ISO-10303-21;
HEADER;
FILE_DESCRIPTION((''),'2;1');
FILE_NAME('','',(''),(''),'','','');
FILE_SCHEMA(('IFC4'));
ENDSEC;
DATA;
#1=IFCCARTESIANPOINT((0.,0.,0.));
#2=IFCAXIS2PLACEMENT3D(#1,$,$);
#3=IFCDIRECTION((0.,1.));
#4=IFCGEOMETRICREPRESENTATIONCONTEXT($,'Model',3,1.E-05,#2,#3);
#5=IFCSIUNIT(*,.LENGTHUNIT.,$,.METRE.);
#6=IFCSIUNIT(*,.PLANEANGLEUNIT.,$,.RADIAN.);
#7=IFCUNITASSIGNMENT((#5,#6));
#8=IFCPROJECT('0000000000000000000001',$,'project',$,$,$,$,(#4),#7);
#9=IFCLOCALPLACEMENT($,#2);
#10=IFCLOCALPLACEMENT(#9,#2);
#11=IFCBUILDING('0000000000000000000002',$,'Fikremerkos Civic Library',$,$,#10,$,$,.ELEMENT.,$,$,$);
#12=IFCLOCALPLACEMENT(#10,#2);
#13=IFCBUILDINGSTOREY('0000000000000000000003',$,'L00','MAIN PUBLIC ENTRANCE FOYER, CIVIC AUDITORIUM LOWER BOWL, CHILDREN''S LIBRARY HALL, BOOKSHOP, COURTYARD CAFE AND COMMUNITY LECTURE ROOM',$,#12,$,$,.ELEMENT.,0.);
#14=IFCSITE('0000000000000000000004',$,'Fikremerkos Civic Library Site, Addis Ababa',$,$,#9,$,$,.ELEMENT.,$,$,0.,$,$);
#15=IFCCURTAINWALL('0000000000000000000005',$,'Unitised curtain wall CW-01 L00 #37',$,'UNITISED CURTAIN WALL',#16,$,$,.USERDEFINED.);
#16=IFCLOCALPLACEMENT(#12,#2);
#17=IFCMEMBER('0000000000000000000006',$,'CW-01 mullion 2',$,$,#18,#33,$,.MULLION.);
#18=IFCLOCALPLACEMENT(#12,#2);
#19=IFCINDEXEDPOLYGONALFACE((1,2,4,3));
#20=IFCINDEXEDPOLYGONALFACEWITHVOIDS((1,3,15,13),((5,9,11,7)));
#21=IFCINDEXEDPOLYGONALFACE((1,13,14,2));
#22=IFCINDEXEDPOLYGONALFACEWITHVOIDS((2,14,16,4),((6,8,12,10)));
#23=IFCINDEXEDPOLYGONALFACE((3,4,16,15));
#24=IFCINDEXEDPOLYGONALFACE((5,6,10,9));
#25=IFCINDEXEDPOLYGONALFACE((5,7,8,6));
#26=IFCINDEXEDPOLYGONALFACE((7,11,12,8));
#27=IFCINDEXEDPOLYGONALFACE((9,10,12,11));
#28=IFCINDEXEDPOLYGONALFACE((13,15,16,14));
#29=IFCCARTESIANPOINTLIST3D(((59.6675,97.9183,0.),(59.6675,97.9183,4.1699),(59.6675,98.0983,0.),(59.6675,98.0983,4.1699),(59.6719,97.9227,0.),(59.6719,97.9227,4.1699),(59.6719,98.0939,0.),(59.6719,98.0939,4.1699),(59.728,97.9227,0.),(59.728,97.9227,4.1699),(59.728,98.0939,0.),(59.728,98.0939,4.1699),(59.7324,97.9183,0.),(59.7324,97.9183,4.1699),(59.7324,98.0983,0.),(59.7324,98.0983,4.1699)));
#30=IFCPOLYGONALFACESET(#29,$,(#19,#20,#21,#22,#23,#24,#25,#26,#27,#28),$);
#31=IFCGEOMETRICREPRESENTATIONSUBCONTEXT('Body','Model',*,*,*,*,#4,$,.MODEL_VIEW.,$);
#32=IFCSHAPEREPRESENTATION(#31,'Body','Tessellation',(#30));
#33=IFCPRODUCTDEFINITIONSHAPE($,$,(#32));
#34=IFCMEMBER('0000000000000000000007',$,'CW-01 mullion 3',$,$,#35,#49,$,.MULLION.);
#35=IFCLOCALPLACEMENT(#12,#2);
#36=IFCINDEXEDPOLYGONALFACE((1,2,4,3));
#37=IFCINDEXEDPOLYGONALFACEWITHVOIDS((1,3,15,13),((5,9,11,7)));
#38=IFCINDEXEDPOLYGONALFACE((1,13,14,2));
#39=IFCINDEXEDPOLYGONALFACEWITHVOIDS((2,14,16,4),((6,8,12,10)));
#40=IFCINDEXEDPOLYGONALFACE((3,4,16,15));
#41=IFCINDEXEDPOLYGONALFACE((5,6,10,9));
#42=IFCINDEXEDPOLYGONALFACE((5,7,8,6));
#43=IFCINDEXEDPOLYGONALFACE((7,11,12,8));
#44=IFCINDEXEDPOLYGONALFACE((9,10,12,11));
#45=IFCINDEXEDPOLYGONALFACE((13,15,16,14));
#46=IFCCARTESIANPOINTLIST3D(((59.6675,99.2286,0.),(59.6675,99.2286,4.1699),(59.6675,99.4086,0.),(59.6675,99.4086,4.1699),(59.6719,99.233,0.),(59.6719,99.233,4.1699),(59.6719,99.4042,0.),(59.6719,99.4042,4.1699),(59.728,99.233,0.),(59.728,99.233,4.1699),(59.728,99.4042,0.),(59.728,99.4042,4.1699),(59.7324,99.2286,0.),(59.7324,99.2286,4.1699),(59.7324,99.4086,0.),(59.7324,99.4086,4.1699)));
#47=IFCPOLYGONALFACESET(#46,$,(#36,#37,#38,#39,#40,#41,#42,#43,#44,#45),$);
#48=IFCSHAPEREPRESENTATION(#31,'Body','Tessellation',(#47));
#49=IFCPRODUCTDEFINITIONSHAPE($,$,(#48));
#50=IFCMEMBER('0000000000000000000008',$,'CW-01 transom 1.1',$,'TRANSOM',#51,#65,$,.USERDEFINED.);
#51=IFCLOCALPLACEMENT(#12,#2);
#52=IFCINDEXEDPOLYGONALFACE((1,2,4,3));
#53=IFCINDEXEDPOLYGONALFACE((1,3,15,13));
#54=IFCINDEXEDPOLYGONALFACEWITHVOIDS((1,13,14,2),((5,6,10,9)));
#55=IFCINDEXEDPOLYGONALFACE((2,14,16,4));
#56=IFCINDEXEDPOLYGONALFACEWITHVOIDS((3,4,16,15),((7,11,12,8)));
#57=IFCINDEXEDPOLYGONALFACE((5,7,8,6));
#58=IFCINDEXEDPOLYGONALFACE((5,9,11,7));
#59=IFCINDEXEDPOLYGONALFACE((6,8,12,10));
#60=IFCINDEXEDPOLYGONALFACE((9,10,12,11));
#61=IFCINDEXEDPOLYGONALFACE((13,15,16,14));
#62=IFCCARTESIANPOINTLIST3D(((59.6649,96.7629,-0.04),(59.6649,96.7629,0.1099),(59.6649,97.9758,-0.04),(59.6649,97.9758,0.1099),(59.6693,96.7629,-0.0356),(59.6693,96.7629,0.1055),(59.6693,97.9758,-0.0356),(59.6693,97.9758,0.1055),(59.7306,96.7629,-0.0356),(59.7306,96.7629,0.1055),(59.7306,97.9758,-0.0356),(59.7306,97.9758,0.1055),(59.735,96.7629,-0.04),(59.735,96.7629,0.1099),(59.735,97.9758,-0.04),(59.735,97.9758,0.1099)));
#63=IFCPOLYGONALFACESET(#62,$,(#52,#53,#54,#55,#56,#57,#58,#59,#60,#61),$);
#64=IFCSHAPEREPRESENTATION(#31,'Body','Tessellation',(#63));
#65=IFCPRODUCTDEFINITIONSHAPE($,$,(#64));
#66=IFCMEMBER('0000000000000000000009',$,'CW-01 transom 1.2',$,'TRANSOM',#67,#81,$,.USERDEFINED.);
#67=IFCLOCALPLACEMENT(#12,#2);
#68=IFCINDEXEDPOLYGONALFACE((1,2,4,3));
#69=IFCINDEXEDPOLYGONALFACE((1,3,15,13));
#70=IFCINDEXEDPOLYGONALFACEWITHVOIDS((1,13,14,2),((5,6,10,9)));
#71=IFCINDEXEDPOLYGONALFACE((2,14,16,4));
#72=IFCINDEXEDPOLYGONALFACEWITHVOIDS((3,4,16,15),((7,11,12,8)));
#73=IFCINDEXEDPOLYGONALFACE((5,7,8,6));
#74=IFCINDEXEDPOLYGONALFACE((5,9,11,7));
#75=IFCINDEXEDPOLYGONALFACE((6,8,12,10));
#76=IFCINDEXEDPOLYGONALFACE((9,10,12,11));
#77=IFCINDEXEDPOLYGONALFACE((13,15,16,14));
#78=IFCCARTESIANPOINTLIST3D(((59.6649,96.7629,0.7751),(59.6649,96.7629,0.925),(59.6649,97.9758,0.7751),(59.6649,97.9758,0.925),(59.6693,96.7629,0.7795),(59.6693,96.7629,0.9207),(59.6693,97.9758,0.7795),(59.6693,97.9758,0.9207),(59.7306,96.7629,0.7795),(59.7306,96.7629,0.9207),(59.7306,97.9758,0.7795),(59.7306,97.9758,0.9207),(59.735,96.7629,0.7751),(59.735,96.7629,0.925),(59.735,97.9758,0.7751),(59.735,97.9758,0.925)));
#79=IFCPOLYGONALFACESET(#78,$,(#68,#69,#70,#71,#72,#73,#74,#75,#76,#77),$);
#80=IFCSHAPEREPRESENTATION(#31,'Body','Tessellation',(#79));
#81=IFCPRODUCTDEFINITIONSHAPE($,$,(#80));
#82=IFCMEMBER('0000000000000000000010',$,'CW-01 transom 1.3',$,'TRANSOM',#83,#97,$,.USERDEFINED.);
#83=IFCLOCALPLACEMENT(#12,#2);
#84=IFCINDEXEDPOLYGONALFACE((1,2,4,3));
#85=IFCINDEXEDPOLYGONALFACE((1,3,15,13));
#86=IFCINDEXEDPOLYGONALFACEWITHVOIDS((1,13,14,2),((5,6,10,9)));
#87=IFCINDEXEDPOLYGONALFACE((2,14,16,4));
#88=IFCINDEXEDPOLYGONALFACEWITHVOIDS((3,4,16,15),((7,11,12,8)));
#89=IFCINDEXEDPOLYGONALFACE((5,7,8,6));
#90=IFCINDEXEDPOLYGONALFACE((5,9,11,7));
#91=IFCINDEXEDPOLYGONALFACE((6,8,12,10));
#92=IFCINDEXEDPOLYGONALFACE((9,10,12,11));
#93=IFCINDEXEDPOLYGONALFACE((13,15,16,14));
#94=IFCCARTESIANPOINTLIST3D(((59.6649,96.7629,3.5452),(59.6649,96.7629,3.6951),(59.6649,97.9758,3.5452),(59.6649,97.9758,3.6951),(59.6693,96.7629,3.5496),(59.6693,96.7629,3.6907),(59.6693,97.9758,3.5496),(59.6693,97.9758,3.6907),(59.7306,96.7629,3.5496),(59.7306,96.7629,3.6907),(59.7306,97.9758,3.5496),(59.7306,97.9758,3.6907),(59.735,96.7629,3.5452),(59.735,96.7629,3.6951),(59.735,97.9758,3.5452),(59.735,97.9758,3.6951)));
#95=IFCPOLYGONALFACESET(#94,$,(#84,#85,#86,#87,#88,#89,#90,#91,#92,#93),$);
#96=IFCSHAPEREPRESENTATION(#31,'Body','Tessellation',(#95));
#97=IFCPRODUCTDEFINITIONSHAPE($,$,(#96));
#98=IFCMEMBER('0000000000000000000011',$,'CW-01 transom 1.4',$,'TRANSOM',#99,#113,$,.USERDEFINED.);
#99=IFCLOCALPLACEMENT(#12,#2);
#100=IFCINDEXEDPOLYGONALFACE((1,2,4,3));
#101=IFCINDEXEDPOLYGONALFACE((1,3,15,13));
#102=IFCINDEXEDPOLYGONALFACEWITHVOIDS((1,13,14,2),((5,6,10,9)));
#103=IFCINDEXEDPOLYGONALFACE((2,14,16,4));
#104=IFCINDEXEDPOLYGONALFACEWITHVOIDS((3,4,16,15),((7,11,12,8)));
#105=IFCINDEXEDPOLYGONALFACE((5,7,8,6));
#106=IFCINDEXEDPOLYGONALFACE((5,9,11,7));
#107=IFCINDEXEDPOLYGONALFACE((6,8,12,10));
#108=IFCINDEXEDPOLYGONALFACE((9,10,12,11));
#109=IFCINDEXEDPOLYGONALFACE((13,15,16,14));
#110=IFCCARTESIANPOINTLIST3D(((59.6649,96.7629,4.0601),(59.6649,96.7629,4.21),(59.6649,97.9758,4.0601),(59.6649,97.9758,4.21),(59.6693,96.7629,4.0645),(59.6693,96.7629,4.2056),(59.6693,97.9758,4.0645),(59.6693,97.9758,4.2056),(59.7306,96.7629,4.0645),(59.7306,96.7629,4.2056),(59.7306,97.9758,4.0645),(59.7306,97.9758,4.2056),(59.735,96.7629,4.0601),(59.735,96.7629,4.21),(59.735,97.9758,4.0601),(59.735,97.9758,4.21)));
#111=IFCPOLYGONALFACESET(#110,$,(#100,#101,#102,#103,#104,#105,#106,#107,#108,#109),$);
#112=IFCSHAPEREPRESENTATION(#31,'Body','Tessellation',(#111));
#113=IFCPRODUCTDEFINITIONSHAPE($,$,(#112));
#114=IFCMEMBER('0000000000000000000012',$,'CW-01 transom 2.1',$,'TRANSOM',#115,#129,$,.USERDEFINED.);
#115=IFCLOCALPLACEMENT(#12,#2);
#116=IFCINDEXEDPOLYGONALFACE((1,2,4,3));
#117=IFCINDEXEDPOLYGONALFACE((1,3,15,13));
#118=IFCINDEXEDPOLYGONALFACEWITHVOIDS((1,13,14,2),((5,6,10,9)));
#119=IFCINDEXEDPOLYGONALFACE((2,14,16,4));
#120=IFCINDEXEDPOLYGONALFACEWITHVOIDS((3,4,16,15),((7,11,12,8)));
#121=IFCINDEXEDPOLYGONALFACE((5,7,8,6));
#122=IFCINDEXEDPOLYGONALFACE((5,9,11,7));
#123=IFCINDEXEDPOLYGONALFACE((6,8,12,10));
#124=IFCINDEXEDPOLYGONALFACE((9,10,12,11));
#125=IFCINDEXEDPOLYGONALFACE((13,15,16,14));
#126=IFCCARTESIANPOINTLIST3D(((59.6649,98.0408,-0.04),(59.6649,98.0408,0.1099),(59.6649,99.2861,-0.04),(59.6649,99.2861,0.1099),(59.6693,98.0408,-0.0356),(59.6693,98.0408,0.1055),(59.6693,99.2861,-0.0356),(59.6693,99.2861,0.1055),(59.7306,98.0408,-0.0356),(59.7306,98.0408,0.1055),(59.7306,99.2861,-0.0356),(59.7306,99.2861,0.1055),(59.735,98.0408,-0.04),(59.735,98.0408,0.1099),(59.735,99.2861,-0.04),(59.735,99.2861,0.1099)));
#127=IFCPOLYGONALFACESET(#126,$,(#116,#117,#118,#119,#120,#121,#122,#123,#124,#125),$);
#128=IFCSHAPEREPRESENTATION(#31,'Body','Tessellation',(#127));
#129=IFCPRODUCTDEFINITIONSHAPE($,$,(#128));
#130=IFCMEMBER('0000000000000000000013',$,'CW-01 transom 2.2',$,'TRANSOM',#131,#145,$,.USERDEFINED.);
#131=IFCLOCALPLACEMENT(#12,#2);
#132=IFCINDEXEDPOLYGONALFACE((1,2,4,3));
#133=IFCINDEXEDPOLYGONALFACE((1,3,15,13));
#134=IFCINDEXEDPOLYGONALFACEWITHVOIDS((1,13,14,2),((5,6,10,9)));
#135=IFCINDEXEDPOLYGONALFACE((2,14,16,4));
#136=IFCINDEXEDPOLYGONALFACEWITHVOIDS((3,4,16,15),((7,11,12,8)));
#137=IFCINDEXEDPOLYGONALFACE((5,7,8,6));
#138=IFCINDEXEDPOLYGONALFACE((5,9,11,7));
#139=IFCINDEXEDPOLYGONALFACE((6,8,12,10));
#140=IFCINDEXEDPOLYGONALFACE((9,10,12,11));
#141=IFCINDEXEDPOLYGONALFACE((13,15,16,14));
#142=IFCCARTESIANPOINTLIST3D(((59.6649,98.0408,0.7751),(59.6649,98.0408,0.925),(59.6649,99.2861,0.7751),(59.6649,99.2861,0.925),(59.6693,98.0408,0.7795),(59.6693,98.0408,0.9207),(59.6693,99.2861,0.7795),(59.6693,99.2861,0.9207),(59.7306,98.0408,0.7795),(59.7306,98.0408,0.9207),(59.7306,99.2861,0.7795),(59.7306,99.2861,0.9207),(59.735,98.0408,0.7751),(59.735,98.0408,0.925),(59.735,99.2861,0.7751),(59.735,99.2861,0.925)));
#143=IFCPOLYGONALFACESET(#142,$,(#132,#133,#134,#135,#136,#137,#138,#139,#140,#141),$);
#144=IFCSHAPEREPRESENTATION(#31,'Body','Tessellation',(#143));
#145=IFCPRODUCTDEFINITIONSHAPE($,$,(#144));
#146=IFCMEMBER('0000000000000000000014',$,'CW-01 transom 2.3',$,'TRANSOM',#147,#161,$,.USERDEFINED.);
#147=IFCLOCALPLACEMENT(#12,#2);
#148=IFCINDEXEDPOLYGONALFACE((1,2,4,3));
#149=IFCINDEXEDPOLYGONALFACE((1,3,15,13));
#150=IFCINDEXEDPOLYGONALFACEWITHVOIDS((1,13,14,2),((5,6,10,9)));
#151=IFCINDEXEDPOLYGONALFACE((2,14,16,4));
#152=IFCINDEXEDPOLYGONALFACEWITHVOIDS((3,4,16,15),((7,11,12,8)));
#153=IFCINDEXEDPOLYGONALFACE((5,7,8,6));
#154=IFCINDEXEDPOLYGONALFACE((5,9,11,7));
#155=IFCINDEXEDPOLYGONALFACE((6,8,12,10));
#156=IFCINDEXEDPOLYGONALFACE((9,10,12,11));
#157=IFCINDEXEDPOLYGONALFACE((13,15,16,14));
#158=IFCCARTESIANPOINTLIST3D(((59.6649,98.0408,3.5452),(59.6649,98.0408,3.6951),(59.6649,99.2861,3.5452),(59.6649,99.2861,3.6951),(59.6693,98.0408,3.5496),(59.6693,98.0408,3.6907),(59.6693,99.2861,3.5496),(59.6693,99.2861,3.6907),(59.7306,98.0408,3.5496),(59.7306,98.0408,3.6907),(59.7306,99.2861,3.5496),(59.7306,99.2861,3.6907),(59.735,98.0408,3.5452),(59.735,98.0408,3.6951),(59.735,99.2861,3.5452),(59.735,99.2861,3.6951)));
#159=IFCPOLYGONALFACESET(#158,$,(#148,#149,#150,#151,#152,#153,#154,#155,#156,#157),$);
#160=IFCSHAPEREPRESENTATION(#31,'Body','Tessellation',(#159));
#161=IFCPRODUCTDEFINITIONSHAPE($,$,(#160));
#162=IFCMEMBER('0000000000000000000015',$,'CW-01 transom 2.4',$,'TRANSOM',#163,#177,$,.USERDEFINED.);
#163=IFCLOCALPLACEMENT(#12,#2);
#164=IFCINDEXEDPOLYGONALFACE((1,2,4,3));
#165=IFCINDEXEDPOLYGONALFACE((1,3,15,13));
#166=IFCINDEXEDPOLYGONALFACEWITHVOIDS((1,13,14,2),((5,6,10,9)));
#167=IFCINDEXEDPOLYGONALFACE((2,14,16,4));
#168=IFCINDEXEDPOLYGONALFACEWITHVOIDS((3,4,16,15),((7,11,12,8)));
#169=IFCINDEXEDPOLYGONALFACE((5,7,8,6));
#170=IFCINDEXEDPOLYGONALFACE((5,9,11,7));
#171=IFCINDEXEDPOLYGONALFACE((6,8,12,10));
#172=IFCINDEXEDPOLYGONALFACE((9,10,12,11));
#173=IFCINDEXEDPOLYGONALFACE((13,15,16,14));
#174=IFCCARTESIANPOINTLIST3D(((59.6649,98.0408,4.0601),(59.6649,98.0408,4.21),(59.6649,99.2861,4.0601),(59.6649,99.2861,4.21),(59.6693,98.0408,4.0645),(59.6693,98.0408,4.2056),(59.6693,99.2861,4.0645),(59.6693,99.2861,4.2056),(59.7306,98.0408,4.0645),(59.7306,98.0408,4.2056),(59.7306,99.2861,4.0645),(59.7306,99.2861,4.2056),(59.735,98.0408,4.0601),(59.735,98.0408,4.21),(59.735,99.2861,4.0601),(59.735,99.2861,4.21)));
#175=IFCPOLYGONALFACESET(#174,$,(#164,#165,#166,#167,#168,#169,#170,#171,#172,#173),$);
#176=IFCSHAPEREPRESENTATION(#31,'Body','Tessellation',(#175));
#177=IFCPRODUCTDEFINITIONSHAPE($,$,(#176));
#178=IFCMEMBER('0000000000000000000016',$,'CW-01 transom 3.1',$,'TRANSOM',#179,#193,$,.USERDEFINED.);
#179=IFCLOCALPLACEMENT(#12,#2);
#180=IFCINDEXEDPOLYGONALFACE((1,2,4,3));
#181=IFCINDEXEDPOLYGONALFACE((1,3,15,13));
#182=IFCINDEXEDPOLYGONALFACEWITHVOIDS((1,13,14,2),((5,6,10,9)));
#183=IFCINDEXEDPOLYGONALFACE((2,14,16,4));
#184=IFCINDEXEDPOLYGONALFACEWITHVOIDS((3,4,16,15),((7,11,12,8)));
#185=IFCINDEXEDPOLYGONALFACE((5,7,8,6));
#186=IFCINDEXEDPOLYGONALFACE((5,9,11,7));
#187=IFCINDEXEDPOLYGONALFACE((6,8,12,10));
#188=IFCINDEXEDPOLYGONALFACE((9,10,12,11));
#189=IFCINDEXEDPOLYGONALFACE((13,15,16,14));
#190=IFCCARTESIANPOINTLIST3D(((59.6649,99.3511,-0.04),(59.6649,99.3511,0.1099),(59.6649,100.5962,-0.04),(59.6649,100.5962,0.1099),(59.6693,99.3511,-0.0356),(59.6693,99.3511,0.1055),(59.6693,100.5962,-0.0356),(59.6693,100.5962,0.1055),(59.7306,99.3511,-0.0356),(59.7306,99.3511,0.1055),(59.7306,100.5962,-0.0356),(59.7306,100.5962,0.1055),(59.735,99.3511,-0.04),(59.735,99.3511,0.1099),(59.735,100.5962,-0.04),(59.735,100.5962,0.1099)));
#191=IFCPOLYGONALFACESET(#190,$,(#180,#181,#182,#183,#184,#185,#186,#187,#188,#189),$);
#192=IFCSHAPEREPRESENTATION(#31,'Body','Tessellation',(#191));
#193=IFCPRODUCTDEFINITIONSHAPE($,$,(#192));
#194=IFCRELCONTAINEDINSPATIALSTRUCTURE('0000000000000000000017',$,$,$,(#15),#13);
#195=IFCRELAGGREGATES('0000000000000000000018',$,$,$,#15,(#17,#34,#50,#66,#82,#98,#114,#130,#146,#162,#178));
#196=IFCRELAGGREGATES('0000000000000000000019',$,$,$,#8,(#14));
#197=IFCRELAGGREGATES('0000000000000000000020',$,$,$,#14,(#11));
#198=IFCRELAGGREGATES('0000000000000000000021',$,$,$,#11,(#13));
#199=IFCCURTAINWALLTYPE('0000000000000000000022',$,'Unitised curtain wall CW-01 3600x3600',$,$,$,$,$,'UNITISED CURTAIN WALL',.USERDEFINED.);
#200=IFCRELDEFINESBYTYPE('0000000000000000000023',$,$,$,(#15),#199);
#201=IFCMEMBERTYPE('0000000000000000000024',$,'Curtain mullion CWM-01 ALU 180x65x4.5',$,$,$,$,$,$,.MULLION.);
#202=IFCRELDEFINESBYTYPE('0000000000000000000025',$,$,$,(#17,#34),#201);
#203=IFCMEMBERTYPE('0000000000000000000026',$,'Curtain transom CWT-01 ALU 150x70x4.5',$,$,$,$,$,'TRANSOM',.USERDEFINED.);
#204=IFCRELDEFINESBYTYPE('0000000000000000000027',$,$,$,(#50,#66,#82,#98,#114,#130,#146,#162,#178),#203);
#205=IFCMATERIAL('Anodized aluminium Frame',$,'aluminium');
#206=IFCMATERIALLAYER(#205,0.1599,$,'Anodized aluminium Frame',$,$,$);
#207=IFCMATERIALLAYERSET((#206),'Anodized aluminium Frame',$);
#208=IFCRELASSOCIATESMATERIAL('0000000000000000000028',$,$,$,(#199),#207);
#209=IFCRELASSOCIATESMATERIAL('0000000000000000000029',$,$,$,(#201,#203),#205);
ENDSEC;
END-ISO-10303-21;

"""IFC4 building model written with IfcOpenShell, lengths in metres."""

from ifc_helpers import new_model, si_unit, direction, frame, origin, origin_2d, place, context, subcontext, project, spatial, hollow_rectangle, extrude, material, layer, layer_set, material_profile, profile_set, type_object, element, aggregate, save


model = new_model("IFC4")

# Units and contexts
model_context = context("Model", 3, precision=1e-05, world=origin(), true_north=direction((0.0, 1.0)))
body_context = subcontext(model_context, "Body", "Model", "MODEL_VIEW")
ifc_project = project(units=[si_unit("LENGTHUNIT", "METRE"), si_unit("PLANEANGLEUNIT", "RADIAN")], contexts=[model_context])

# Site, building, storey
site_placement = place(None, origin())
site = spatial("IfcSite", under=ifc_project, at=site_placement, Name="Fikremerkos Civic Library Site, Addis Ababa", CompositionType="ELEMENT", RefElevation=0.0)
building_placement = place(site_placement, origin())
building = spatial("IfcBuilding", under=site, at=building_placement, Name="Fikremerkos Civic Library", CompositionType="ELEMENT")
storey_placement = place(building_placement, origin())
storey = spatial("IfcBuildingStorey", under=building, at=storey_placement, Name="L00", Description="MAIN PUBLIC ENTRANCE FOYER, CIVIC AUDITORIUM LOWER BOWL, CHILDREN'S LIBRARY HALL, BOOKSHOP, COURTYARD CAFE AND COMMUNITY LECTURE ROOM", CompositionType="ELEMENT", Elevation=0.0)

# Curtain wall, members
ifc_material_1 = material(Name="Anodized aluminium Frame", Category="aluminium")
ifc_layer_1 = layer(ifc_material_1, 0.1599, Name="Anodized aluminium Frame")
ifc_layer_set_1 = layer_set([ifc_layer_1], Name="Anodized aluminium Frame")
curtain_wall_type = type_object("IfcCurtainWallType", Name="Unitised curtain wall CW-01 3600x3600", ElementType="UNITISED CURTAIN WALL", PredefinedType="USERDEFINED", material=ifc_layer_set_1)
curtain_wall_placement = place(storey_placement, origin())
curtain_wall = element("IfcCurtainWall", 1, at=curtain_wall_placement, inside=storey, type_object=curtain_wall_type, Name="Unitised curtain wall CW-01 L00 #37", ObjectType="UNITISED CURTAIN WALL", PredefinedType="USERDEFINED")
ifc_material_profile_1 = material_profile(ifc_material_1, hollow_rectangle(XDim=0.0649, YDim=0.1799, WallThickness=0.0044, at=origin_2d()), Name="ALU 180x65x4.5")
ifc_profile_set_1 = profile_set([ifc_material_profile_1], Name="Anodized aluminium Frame")
member_type_1 = type_object("IfcMemberType", Name="Curtain mullion CWM-01 ALU 180x65x4.5", PredefinedType="MULLION", material=ifc_profile_set_1)
member_1_placement = place(storey_placement, frame((59.7, 98.0083, 0.0), z_axis=(0.0, 0.0, 1.0), x_axis=(-1.0, 0.0, 0.0)))
member_1 = element("IfcMember", 2, at=member_1_placement, type_object=member_type_1, Name="CW-01 mullion 2", PredefinedType="MULLION", context=body_context, shape_type="SweptSolid", body=[
    extrude(hollow_rectangle(XDim=0.0649, YDim=0.1799, WallThickness=0.0044, at=origin_2d()), origin(), (0.0, 0.0, 1.0), 4.1699),
])
member_2_placement = place(storey_placement, frame((59.7, 99.3186, 0.0), z_axis=(0.0, 0.0, 1.0), x_axis=(-1.0, 0.0, 0.0)))
member_2 = element("IfcMember", 3, at=member_2_placement, type_object=member_type_1, Name="CW-01 mullion 3", PredefinedType="MULLION", context=body_context, shape_type="SweptSolid", body=[
    extrude(hollow_rectangle(XDim=0.0649, YDim=0.1799, WallThickness=0.0044, at=origin_2d()), origin(), (0.0, 0.0, 1.0), 4.1699),
])
ifc_material_profile_2 = material_profile(ifc_material_1, hollow_rectangle(XDim=0.0701, YDim=0.1499, WallThickness=0.0044, at=origin_2d()), Name="ALU 150x70x4.5")
ifc_profile_set_2 = profile_set([ifc_material_profile_2], Name="Anodized aluminium Frame")
member_type_2 = type_object("IfcMemberType", Name="Curtain transom CWT-01 ALU 150x70x4.5", ElementType="TRANSOM", PredefinedType="USERDEFINED", material=ifc_profile_set_2)
member_3_placement = place(storey_placement, frame((59.7, 96.7629, 0.0349), z_axis=(0.0, 1.0, 0.0), x_axis=(-1.0, 0.0, 0.0)))
member_3 = element("IfcMember", 4, at=member_3_placement, type_object=member_type_2, Name="CW-01 transom 1.1", ObjectType="TRANSOM", PredefinedType="USERDEFINED", context=body_context, shape_type="SweptSolid", body=[
    extrude(hollow_rectangle(XDim=0.0701, YDim=0.1499, WallThickness=0.0044, at=origin_2d()), origin(), (0.0, 0.0, 1.0), 1.2129),
])
member_4_placement = place(storey_placement, frame((59.7, 96.7629, 0.8501), z_axis=(0.0, 1.0, 0.0), x_axis=(-1.0, 0.0, 0.0)))
member_4 = element("IfcMember", 5, at=member_4_placement, type_object=member_type_2, Name="CW-01 transom 1.2", ObjectType="TRANSOM", PredefinedType="USERDEFINED", context=body_context, shape_type="SweptSolid", body=[
    extrude(hollow_rectangle(XDim=0.0701, YDim=0.1499, WallThickness=0.0044, at=origin_2d()), origin(), (0.0, 0.0, 1.0), 1.2129),
])
member_5_placement = place(storey_placement, frame((59.7, 96.7629, 3.6201), z_axis=(0.0, 1.0, 0.0), x_axis=(-1.0, 0.0, 0.0)))
member_5 = element("IfcMember", 6, at=member_5_placement, type_object=member_type_2, Name="CW-01 transom 1.3", ObjectType="TRANSOM", PredefinedType="USERDEFINED", context=body_context, shape_type="SweptSolid", body=[
    extrude(hollow_rectangle(XDim=0.0701, YDim=0.1499, WallThickness=0.0044, at=origin_2d()), origin(), (0.0, 0.0, 1.0), 1.2129),
])
member_6_placement = place(storey_placement, frame((59.7, 96.7629, 4.135), z_axis=(0.0, 1.0, 0.0), x_axis=(-1.0, 0.0, 0.0)))
member_6 = element("IfcMember", 7, at=member_6_placement, type_object=member_type_2, Name="CW-01 transom 1.4", ObjectType="TRANSOM", PredefinedType="USERDEFINED", context=body_context, shape_type="SweptSolid", body=[
    extrude(hollow_rectangle(XDim=0.0701, YDim=0.1499, WallThickness=0.0044, at=origin_2d()), origin(), (0.0, 0.0, 1.0), 1.2129),
])
member_7_placement = place(storey_placement, frame((59.7, 98.0408, 0.0349), z_axis=(0.0, 1.0, 0.0), x_axis=(-1.0, 0.0, 0.0)))
member_7 = element("IfcMember", 8, at=member_7_placement, type_object=member_type_2, Name="CW-01 transom 2.1", ObjectType="TRANSOM", PredefinedType="USERDEFINED", context=body_context, shape_type="SweptSolid", body=[
    extrude(hollow_rectangle(XDim=0.0701, YDim=0.1499, WallThickness=0.0044, at=origin_2d()), origin(), (0.0, 0.0, 1.0), 1.2454),
])
member_8_placement = place(storey_placement, frame((59.7, 98.0408, 0.8501), z_axis=(0.0, 1.0, 0.0), x_axis=(-1.0, 0.0, 0.0)))
member_8 = element("IfcMember", 9, at=member_8_placement, type_object=member_type_2, Name="CW-01 transom 2.2", ObjectType="TRANSOM", PredefinedType="USERDEFINED", context=body_context, shape_type="SweptSolid", body=[
    extrude(hollow_rectangle(XDim=0.0701, YDim=0.1499, WallThickness=0.0044, at=origin_2d()), origin(), (0.0, 0.0, 1.0), 1.2454),
])
member_9_placement = place(storey_placement, frame((59.7, 98.0408, 3.6201), z_axis=(0.0, 1.0, 0.0), x_axis=(-1.0, 0.0, 0.0)))
member_9 = element("IfcMember", 10, at=member_9_placement, type_object=member_type_2, Name="CW-01 transom 2.3", ObjectType="TRANSOM", PredefinedType="USERDEFINED", context=body_context, shape_type="SweptSolid", body=[
    extrude(hollow_rectangle(XDim=0.0701, YDim=0.1499, WallThickness=0.0044, at=origin_2d()), origin(), (0.0, 0.0, 1.0), 1.2454),
])
member_10_placement = place(storey_placement, frame((59.7, 98.0408, 4.135), z_axis=(0.0, 1.0, 0.0), x_axis=(-1.0, 0.0, 0.0)))
member_10 = element("IfcMember", 11, at=member_10_placement, type_object=member_type_2, Name="CW-01 transom 2.4", ObjectType="TRANSOM", PredefinedType="USERDEFINED", context=body_context, shape_type="SweptSolid", body=[
    extrude(hollow_rectangle(XDim=0.0701, YDim=0.1499, WallThickness=0.0044, at=origin_2d()), origin(), (0.0, 0.0, 1.0), 1.2454),
])
member_11_placement = place(storey_placement, frame((59.7, 99.3511, 0.0349), z_axis=(0.0, 1.0, 0.0), x_axis=(-1.0, 0.0, 0.0)))
member_11 = element("IfcMember", 12, at=member_11_placement, type_object=member_type_2, Name="CW-01 transom 3.1", ObjectType="TRANSOM", PredefinedType="USERDEFINED", context=body_context, shape_type="SweptSolid", body=[
    extrude(hollow_rectangle(XDim=0.0701, YDim=0.1499, WallThickness=0.0044, at=origin_2d()), origin(), (0.0, 0.0, 1.0), 1.2451),
])
aggregate(curtain_wall, [member_1, member_2, member_3, member_4, member_5, member_6, member_7, member_8, member_9, member_10, member_11])

save(model, "model.ifc")
